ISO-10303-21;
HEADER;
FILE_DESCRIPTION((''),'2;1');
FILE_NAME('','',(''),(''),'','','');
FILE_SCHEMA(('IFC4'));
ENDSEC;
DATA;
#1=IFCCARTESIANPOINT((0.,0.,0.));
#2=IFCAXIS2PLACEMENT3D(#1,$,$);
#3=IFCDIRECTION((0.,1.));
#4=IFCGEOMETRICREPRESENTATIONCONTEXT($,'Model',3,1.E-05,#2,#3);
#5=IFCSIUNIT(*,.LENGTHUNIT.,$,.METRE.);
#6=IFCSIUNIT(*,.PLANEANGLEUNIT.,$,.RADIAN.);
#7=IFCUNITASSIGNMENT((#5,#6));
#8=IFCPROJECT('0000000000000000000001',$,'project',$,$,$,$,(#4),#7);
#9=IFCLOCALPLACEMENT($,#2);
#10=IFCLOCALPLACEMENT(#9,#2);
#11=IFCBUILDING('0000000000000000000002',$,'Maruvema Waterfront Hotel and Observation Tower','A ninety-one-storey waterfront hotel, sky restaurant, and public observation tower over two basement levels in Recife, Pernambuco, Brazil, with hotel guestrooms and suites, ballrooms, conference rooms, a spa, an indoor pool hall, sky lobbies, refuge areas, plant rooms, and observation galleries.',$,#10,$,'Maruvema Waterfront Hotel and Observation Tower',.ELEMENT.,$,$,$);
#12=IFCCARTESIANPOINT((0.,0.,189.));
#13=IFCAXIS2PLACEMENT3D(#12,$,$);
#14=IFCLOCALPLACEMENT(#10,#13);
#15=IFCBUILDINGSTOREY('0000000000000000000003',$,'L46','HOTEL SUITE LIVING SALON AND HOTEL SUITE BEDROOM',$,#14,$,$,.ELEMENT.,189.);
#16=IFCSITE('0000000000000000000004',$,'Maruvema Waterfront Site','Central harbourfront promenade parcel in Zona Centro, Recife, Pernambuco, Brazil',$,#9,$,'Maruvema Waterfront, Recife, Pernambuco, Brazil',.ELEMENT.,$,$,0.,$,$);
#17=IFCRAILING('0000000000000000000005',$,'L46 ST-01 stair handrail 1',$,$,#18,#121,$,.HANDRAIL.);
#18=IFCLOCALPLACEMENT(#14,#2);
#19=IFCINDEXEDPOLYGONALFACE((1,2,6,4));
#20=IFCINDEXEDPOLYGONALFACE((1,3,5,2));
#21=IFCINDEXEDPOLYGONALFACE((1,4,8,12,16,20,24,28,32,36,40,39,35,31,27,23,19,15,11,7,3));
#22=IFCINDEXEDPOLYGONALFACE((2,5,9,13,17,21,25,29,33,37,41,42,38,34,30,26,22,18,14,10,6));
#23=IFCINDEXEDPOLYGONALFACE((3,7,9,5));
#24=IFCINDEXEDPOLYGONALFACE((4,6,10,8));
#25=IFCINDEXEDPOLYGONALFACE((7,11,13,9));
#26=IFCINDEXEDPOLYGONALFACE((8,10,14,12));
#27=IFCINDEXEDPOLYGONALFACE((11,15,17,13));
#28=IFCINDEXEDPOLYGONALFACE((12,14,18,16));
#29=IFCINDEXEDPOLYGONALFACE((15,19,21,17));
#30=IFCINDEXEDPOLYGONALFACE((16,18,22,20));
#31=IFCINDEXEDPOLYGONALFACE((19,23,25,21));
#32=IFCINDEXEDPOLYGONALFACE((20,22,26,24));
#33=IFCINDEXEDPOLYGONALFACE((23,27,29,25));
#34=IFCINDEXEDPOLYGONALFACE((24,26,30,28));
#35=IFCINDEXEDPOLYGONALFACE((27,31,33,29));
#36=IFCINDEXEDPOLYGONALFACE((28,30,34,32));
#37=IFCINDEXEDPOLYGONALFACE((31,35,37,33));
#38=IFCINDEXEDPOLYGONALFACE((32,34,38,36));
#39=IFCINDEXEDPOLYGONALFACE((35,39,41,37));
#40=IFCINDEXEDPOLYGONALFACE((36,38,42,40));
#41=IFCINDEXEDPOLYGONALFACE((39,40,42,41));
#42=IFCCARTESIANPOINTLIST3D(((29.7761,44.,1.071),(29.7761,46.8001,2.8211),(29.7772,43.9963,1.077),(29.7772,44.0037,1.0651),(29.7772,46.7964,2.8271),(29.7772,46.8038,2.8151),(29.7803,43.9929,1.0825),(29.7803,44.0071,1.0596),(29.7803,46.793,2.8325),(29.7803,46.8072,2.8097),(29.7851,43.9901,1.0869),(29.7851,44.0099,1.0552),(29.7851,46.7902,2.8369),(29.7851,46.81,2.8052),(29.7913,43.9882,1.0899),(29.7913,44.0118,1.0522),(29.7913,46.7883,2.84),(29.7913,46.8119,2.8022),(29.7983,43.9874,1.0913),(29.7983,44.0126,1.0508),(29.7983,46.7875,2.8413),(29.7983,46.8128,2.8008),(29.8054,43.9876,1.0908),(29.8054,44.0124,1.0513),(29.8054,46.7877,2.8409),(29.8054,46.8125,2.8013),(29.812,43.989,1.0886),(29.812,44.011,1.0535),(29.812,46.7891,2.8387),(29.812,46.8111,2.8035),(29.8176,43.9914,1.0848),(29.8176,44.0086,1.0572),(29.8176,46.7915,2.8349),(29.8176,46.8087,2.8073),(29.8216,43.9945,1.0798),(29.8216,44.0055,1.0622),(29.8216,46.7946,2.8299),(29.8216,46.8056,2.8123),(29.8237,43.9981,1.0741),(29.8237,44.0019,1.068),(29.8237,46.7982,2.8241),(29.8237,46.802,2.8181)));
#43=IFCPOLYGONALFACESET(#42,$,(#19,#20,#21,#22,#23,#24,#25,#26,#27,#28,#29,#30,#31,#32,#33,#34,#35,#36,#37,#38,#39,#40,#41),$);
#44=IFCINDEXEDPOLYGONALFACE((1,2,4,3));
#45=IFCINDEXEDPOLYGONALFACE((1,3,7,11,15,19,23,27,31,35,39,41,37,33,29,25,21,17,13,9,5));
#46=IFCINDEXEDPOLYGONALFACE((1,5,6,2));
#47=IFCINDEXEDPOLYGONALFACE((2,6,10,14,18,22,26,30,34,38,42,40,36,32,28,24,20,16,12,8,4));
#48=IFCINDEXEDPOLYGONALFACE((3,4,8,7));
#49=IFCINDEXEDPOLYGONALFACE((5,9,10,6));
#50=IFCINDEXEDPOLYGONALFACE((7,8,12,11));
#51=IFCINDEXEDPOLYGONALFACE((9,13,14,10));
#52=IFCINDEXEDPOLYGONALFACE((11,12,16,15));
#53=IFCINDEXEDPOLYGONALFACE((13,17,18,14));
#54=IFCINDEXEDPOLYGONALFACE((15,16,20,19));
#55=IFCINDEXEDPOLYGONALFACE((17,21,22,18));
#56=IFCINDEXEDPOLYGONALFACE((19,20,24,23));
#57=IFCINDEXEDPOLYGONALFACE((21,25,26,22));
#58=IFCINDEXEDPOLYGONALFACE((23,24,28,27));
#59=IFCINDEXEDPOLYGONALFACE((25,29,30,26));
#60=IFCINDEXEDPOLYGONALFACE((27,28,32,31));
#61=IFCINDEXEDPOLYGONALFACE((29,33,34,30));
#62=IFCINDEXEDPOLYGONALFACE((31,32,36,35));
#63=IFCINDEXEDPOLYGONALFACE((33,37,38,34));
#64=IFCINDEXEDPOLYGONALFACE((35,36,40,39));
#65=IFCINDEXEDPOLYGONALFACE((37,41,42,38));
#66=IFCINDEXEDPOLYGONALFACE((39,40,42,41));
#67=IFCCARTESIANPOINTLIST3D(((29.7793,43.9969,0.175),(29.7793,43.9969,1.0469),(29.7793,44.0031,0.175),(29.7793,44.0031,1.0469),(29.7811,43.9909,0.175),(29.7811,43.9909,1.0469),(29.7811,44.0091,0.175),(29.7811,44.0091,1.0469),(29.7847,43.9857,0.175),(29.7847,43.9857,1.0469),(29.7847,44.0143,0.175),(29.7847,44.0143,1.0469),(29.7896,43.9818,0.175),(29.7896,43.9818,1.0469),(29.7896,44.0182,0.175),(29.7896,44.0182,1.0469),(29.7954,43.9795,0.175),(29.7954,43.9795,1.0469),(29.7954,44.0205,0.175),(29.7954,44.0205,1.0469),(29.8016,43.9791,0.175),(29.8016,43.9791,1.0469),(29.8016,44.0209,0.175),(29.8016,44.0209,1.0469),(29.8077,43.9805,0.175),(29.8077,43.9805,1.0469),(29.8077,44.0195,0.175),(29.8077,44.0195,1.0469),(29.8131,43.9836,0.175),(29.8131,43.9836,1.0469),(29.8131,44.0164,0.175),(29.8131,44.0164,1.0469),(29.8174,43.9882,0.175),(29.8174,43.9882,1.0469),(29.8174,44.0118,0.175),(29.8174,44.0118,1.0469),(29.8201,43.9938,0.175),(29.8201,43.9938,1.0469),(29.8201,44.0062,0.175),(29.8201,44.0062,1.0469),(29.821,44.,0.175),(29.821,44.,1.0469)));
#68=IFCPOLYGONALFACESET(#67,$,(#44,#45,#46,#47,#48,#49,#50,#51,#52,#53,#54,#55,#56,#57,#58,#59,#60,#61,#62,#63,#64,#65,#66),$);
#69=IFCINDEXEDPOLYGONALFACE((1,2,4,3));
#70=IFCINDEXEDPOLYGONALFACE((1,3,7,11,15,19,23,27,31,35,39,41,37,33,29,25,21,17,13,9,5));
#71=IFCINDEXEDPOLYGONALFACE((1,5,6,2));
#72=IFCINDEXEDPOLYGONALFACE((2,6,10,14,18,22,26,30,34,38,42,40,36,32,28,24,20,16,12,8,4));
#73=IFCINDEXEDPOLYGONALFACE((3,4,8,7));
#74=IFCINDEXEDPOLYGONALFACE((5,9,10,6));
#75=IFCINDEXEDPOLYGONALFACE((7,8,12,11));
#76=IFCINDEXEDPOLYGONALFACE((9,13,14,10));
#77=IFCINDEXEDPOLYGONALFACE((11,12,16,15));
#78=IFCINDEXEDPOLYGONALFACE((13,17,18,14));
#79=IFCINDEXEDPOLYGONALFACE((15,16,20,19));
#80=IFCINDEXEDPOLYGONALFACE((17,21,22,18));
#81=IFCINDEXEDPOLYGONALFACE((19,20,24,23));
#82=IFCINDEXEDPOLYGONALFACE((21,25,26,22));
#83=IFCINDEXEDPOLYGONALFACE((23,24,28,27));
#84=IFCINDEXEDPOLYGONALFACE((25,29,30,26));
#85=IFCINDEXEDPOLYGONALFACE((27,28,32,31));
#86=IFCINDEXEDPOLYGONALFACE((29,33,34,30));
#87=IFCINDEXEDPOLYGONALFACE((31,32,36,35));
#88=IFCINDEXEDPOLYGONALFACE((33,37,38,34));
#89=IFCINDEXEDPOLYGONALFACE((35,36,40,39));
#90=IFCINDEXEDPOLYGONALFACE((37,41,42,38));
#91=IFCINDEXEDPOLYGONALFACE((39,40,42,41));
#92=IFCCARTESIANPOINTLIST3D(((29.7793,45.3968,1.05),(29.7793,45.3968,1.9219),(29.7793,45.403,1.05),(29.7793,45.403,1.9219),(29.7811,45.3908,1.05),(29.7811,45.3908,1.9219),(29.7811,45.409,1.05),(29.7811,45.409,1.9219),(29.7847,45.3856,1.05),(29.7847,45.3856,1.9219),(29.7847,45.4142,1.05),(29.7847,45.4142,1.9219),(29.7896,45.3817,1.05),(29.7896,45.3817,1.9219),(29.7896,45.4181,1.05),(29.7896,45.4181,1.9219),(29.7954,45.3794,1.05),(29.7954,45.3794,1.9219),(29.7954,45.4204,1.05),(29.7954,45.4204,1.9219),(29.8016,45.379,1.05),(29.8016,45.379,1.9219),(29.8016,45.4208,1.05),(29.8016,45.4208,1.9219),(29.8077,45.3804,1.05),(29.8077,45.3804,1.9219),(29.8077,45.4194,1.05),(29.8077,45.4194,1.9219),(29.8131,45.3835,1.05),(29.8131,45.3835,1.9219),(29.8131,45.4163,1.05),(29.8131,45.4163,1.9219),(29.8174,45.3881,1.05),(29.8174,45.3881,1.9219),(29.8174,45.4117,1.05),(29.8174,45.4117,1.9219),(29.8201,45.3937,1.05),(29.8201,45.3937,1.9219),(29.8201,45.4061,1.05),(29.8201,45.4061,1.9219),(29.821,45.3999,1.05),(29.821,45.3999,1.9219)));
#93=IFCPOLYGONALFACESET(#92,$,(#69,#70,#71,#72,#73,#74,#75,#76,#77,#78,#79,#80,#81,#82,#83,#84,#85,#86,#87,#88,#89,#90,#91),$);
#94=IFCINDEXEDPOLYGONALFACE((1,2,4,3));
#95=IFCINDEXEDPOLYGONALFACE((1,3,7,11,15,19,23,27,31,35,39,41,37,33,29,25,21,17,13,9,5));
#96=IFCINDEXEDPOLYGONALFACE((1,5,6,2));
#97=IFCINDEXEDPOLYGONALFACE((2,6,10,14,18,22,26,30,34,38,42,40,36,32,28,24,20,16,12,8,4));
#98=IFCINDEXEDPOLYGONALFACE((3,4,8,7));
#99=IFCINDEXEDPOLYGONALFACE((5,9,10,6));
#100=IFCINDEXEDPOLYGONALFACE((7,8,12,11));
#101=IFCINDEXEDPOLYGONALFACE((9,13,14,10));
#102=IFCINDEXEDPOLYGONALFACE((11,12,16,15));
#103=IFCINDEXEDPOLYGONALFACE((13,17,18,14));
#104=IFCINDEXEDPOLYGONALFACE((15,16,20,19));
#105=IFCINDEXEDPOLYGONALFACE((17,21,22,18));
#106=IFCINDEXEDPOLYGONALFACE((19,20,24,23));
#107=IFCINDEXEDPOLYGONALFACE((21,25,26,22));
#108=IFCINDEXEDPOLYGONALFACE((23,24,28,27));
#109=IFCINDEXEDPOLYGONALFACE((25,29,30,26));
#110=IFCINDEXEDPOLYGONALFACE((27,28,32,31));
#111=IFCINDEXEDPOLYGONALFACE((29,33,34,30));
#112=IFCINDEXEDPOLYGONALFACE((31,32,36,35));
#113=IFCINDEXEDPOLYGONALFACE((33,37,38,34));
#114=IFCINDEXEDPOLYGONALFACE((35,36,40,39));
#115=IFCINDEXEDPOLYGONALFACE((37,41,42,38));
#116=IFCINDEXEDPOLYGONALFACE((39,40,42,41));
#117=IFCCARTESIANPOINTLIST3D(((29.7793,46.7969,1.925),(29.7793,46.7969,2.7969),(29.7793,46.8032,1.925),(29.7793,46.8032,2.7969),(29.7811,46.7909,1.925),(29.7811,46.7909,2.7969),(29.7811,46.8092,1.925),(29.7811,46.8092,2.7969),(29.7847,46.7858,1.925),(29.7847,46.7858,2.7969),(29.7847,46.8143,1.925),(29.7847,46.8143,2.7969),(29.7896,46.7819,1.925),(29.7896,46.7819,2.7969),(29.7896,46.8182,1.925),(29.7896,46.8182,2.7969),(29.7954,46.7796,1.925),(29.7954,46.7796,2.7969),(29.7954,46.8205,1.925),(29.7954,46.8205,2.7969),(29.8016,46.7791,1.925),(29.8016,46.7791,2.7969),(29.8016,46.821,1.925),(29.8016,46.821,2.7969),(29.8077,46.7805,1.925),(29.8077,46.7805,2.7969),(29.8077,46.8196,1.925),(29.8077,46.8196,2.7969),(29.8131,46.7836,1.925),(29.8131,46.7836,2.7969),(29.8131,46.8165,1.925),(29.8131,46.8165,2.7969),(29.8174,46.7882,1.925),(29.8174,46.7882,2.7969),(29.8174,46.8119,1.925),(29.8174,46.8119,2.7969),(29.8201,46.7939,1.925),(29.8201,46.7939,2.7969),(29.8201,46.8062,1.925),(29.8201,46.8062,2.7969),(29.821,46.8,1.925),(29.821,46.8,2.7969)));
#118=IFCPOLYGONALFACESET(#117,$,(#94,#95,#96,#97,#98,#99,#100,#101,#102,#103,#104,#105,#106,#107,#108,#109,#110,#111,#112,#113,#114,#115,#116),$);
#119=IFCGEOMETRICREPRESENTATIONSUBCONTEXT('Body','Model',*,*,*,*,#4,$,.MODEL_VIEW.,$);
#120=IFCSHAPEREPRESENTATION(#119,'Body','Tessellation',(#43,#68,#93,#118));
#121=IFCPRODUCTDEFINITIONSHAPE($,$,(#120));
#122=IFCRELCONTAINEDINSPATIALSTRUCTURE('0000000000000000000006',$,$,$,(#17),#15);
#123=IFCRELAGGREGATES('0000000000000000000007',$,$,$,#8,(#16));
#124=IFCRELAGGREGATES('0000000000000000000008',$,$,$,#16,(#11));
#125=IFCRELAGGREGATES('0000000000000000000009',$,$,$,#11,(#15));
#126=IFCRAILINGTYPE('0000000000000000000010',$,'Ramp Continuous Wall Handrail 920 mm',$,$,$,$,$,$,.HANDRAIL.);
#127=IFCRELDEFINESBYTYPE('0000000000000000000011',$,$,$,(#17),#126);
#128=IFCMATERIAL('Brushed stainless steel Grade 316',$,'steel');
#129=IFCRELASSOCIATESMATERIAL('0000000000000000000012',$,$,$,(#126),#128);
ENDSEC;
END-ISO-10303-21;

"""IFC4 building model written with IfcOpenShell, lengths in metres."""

from ifc_helpers import new_model, si_unit, direction, frame, origin, origin_2d, place, context, subcontext, project, spatial, circle, extrude, material, type_object, element, save


model = new_model("IFC4")

# Units and contexts
model_context = context("Model", 3, precision=1e-05, world=origin(), true_north=direction((0.0, 1.0)))
body_context = subcontext(model_context, "Body", "Model", "MODEL_VIEW")
ifc_project = project(units=[si_unit("LENGTHUNIT", "METRE"), si_unit("PLANEANGLEUNIT", "RADIAN")], contexts=[model_context])

# Site, building, storey
site_placement = place(None, origin())
site = spatial("IfcSite", under=ifc_project, at=site_placement, Name="Maruvema Waterfront Site", Description="Central harbourfront promenade parcel in Zona Centro, Recife, Pernambuco, Brazil", LongName="Maruvema Waterfront, Recife, Pernambuco, Brazil", CompositionType="ELEMENT", RefElevation=0.0)
building_placement = place(site_placement, origin())
building = spatial("IfcBuilding", under=site, at=building_placement, Name="Maruvema Waterfront Hotel and Observation Tower", Description="A ninety-one-storey waterfront hotel, sky restaurant, and public observation tower over two basement levels in Recife, Pernambuco, Brazil, with hotel guestrooms and suites, ballrooms, conference rooms, a spa, an indoor pool hall, sky lobbies, refuge areas, plant rooms, and observation galleries.", LongName="Maruvema Waterfront Hotel and Observation Tower", CompositionType="ELEMENT")
storey_placement = place(building_placement, frame((0.0, 0.0, 189.0)))
storey = spatial("IfcBuildingStorey", under=building, at=storey_placement, Name="L46", Description="HOTEL SUITE LIVING SALON AND HOTEL SUITE BEDROOM", CompositionType="ELEMENT", Elevation=189.0)

# Railing
ifc_material_1 = material(Name="Brushed stainless steel Grade 316", Category="steel")
railing_type_1 = type_object("IfcRailingType", Name="Ramp Continuous Wall Handrail 920 mm", PredefinedType="HANDRAIL", material=ifc_material_1)
railing_1_placement = place(storey_placement, frame((29.8, 44.0, 0.175)))
element("IfcRailing", 1, at=railing_1_placement, inside=storey, type_object=railing_type_1, Name="L46 ST-01 stair handrail 1", PredefinedType="HANDRAIL", context=body_context, shape_type="SweptSolid", body=[
    extrude(circle(Radius=0.0239, at=origin_2d()), frame((0.0, 0.0, 0.896), z_axis=(0.0, 0.848002, 0.529992), x_axis=(-1.0, 0.0, 0.0)), (0.0, 0.0, 1.0), 3.302),
    extrude(circle(Radius=0.021, at=origin_2d()), origin(), (0.0, 0.0, 1.0), 0.8718),
    extrude(circle(Radius=0.021, at=origin_2d()), frame((0.0, 1.3999, 0.875)), (0.0, 0.0, 1.0), 0.8718),
    extrude(circle(Radius=0.021, at=origin_2d()), frame((0.0, 2.8, 1.75)), (0.0, 0.0, 1.0), 0.8718),
])

save(model, "model.ifc")
